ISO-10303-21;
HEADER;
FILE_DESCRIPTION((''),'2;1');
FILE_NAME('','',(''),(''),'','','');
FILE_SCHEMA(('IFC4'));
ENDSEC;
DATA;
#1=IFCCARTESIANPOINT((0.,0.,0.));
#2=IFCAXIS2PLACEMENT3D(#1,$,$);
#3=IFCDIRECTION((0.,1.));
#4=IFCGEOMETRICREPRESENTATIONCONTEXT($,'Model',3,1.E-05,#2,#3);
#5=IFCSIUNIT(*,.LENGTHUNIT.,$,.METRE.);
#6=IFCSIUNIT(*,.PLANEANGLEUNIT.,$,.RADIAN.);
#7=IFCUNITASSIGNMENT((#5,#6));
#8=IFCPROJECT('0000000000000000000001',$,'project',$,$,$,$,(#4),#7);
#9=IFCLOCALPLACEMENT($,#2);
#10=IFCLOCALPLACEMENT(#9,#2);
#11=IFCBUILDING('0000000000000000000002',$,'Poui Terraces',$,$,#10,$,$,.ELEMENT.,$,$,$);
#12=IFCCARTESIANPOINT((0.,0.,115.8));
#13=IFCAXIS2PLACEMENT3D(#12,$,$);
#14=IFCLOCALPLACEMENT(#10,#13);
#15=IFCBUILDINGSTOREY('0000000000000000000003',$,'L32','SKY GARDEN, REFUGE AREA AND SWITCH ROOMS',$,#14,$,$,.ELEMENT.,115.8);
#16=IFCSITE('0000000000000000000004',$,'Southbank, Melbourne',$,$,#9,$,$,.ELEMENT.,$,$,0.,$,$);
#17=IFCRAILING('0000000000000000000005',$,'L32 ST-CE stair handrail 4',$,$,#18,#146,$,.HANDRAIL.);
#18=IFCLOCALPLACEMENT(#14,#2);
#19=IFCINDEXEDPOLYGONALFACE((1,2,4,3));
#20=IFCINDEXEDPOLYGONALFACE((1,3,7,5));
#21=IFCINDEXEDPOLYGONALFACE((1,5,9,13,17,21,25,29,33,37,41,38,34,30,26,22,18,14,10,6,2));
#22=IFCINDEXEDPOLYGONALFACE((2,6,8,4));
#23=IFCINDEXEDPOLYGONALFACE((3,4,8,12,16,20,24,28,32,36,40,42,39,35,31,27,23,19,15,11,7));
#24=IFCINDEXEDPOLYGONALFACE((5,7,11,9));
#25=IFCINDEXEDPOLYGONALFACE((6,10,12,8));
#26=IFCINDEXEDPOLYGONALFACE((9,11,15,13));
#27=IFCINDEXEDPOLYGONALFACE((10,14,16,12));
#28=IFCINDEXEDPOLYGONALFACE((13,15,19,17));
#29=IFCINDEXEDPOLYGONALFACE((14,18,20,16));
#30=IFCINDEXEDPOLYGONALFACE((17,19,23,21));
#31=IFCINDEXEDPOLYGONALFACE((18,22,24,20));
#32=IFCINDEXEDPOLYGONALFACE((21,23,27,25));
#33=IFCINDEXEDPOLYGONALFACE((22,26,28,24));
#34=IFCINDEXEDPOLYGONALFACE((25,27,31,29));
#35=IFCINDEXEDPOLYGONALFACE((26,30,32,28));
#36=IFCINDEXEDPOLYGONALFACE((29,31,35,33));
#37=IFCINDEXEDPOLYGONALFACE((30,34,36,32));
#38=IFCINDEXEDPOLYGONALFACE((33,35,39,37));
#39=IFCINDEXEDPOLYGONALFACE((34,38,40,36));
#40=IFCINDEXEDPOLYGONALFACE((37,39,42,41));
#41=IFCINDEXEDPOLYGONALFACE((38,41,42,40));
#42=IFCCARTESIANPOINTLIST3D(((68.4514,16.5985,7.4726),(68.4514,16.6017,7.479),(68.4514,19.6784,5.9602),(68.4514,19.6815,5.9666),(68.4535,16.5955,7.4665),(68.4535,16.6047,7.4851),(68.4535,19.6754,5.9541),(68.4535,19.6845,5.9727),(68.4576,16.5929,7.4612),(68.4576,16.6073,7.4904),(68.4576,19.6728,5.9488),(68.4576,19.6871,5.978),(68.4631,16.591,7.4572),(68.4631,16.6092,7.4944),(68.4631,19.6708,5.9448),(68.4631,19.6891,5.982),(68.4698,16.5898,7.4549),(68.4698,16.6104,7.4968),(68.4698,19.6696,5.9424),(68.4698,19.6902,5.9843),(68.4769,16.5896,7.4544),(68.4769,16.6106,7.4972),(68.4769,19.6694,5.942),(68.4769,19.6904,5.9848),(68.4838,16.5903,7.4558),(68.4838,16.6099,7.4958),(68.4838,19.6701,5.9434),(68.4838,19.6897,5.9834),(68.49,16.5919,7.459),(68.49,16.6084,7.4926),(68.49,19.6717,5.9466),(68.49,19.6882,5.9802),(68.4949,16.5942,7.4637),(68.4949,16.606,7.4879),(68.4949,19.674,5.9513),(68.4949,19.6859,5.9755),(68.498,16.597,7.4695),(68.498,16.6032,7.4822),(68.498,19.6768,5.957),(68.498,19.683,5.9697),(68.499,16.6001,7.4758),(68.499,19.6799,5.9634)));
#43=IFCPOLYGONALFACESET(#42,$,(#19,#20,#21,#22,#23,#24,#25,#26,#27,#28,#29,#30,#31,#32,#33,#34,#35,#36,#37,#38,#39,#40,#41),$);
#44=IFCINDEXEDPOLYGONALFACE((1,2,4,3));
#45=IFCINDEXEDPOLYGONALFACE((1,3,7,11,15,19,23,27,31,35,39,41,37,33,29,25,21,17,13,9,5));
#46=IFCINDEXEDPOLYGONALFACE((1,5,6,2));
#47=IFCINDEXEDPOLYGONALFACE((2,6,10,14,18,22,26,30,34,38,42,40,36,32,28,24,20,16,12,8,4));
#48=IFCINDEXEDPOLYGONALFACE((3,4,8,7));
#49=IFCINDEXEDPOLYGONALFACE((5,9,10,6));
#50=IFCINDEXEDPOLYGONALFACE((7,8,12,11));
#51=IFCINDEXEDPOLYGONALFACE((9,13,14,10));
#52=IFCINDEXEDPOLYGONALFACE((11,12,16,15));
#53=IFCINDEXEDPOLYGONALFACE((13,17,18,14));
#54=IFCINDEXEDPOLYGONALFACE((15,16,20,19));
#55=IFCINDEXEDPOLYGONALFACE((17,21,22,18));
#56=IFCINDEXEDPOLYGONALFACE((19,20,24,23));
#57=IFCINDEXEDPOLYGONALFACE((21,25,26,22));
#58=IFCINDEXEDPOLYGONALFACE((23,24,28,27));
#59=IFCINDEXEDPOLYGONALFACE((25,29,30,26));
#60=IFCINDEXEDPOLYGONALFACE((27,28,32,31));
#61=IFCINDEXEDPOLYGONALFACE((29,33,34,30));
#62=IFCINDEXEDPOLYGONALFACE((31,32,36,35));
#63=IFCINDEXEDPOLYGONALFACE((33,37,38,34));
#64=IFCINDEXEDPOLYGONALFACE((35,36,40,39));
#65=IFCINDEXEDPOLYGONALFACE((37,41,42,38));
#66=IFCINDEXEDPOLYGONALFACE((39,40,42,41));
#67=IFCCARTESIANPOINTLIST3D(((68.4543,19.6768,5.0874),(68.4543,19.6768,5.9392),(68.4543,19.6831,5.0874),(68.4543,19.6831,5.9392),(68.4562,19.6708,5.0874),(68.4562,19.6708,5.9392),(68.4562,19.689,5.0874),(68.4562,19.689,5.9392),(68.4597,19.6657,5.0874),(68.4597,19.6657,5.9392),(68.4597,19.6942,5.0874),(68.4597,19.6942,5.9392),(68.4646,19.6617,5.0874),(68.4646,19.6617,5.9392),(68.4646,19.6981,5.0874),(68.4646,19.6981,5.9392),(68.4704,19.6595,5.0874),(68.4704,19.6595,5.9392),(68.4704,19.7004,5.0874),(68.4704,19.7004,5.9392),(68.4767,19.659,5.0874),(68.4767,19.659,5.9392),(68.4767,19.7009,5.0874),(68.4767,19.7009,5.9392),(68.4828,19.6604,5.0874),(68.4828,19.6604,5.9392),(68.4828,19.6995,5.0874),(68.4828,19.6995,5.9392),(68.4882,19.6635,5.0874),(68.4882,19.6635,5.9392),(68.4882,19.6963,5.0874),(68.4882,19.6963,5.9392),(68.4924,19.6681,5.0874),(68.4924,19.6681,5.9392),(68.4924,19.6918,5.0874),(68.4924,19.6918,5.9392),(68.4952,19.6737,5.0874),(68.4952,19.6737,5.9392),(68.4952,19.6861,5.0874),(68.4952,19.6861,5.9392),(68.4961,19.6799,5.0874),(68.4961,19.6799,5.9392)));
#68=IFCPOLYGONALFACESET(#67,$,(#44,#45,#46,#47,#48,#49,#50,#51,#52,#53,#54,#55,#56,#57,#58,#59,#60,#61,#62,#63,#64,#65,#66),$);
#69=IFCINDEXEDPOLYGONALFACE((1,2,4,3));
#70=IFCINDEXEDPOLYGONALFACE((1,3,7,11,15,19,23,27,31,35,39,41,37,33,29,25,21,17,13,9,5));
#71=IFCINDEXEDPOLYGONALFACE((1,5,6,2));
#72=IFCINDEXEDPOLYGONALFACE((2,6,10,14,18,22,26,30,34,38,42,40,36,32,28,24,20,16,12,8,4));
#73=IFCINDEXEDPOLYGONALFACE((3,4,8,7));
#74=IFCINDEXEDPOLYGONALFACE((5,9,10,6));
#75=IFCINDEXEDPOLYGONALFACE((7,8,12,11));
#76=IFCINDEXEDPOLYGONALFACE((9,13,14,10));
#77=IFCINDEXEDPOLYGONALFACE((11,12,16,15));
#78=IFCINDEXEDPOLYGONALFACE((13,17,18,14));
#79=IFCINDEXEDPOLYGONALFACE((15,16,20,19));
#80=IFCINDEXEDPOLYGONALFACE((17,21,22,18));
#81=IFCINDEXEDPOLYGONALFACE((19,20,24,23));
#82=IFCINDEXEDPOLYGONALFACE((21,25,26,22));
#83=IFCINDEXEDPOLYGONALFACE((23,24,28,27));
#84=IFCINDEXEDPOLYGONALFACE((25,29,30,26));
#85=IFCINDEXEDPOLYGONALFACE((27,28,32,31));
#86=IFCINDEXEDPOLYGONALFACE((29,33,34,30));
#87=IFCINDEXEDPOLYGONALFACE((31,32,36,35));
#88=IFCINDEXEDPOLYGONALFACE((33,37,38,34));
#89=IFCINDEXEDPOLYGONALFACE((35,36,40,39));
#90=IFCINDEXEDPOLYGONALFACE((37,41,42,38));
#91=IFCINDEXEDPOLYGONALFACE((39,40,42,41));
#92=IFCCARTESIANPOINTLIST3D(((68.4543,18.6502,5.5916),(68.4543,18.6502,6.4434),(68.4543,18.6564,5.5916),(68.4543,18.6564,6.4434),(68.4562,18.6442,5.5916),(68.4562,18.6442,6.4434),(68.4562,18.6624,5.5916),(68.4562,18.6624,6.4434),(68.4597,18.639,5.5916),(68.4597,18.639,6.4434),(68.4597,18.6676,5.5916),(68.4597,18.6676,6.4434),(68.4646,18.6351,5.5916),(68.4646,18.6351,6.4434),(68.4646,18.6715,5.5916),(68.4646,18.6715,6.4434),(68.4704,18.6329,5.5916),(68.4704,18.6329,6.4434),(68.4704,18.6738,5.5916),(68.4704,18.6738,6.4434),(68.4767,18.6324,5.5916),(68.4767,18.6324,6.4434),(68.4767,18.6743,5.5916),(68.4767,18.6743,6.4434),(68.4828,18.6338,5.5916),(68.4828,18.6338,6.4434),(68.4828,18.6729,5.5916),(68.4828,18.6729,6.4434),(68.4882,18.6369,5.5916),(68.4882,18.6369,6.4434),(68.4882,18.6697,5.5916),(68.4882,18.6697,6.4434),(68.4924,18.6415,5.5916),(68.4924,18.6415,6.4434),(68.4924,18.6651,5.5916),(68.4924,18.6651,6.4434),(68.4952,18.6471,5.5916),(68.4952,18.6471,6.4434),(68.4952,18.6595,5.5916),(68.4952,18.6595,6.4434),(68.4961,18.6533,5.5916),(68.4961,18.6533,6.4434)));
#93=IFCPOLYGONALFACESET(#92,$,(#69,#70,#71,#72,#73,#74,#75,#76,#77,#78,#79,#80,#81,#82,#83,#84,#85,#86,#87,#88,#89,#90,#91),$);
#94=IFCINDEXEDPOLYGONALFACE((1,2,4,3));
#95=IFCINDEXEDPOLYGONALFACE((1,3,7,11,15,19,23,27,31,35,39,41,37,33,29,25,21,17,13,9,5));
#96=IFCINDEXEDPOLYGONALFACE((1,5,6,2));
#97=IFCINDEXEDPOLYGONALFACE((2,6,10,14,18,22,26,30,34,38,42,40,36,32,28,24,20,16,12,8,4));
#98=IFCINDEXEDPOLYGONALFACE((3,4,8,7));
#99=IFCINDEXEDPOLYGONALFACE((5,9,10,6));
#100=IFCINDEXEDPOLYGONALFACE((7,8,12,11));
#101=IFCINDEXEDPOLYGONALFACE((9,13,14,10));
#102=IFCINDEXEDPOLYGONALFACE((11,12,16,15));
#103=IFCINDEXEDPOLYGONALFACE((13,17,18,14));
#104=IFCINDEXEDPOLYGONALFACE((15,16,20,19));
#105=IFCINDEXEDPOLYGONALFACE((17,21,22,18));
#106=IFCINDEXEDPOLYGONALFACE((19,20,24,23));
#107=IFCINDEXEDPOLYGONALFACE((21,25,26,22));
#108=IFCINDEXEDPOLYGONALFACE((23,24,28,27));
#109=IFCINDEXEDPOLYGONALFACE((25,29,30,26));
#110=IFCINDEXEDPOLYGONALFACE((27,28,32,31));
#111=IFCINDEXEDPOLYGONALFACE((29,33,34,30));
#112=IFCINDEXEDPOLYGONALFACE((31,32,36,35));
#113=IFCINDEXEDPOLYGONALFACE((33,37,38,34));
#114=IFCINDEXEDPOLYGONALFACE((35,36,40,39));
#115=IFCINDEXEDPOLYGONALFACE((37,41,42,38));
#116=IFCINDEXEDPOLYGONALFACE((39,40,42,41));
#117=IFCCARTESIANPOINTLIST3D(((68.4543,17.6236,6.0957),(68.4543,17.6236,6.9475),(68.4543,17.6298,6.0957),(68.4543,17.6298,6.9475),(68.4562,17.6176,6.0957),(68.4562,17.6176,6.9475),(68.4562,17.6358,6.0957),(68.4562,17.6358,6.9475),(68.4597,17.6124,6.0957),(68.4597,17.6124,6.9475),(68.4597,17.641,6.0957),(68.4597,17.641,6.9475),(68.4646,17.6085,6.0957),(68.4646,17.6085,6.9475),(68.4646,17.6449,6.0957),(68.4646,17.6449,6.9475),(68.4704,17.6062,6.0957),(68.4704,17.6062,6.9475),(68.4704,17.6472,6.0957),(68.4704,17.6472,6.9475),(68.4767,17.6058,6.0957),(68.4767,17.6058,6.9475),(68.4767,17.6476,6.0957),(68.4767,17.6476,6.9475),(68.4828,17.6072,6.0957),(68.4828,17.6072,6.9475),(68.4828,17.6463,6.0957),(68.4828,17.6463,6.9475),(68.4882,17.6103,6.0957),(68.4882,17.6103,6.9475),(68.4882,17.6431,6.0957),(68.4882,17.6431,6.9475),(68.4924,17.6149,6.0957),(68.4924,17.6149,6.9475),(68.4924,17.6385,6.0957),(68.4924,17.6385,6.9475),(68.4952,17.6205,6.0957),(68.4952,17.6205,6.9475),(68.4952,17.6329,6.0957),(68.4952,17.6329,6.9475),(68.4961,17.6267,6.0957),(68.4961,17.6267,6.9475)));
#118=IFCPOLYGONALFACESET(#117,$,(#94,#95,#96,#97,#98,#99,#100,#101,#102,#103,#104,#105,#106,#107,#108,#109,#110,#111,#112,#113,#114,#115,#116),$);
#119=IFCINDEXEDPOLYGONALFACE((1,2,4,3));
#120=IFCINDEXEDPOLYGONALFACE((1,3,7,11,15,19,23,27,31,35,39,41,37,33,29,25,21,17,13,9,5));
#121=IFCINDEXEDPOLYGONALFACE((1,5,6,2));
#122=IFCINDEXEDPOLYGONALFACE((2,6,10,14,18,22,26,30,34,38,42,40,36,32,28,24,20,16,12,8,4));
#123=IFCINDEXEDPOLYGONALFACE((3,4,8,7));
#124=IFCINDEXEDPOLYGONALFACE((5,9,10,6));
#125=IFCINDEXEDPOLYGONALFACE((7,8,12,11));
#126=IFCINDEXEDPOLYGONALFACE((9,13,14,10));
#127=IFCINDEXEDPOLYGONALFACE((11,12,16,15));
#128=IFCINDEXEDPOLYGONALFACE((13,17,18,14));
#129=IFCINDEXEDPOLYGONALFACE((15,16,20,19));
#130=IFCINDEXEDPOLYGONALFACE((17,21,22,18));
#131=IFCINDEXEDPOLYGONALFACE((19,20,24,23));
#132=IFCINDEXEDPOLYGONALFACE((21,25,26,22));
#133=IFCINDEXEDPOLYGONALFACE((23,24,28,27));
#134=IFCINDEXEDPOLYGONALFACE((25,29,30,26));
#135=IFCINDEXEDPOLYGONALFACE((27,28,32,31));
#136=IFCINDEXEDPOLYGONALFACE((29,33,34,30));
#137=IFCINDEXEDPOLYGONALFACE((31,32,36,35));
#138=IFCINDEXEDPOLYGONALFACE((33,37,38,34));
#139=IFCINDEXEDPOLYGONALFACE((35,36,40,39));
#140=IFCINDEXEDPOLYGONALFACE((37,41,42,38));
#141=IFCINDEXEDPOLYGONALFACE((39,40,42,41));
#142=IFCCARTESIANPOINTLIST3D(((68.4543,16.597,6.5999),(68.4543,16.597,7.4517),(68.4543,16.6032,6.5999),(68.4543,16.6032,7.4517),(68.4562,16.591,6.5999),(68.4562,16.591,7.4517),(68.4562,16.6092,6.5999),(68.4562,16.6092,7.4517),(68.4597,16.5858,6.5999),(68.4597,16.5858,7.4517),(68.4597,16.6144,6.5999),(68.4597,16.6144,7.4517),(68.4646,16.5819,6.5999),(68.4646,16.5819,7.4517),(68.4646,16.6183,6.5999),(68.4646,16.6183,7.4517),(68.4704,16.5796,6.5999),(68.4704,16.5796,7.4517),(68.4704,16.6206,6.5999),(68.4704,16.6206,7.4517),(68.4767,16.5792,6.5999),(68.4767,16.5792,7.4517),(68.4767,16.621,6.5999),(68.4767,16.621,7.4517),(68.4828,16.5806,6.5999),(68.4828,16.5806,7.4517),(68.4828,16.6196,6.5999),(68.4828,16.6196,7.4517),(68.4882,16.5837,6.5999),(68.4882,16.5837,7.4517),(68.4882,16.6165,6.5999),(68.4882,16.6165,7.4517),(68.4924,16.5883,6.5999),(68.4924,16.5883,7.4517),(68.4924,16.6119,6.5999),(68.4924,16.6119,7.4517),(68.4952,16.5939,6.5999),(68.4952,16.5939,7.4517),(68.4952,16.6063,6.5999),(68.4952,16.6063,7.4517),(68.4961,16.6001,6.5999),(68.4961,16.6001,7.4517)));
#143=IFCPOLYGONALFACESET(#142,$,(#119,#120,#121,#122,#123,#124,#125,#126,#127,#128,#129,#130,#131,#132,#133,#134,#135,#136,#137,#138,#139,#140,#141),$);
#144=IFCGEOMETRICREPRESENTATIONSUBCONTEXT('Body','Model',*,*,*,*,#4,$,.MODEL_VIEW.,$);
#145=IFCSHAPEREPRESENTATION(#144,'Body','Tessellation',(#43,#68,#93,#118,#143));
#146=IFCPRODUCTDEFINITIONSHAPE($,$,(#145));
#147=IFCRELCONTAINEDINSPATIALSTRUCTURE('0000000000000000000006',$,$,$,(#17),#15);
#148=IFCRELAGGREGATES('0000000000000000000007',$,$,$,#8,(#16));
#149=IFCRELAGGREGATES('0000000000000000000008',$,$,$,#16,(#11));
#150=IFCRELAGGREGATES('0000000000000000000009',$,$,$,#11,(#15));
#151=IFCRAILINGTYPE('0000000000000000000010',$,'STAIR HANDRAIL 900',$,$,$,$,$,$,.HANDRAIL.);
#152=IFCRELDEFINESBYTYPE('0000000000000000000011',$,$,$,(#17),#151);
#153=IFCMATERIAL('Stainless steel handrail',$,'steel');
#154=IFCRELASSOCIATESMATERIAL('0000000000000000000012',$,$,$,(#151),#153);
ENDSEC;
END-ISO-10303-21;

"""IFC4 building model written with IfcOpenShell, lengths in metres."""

from ifc_helpers import new_model, si_unit, direction, frame, origin, origin_2d, place, context, subcontext, project, spatial, circle, extrude, material, type_object, element, save


model = new_model("IFC4")

# Units and contexts
model_context = context("Model", 3, precision=1e-05, world=origin(), true_north=direction((0.0, 1.0)))
body_context = subcontext(model_context, "Body", "Model", "MODEL_VIEW")
ifc_project = project(units=[si_unit("LENGTHUNIT", "METRE"), si_unit("PLANEANGLEUNIT", "RADIAN")], contexts=[model_context])

# Site, building, storey
site_placement = place(None, origin())
site = spatial("IfcSite", under=ifc_project, at=site_placement, Name="Southbank, Melbourne", CompositionType="ELEMENT", RefElevation=0.0)
building_placement = place(site_placement, origin())
building = spatial("IfcBuilding", under=site, at=building_placement, Name="Poui Terraces", CompositionType="ELEMENT")
storey_placement = place(building_placement, frame((0.0, 0.0, 115.8)))
storey = spatial("IfcBuildingStorey", under=building, at=storey_placement, Name="L32", Description="SKY GARDEN, REFUGE AREA AND SWITCH ROOMS", CompositionType="ELEMENT", Elevation=115.8)

# Railing
ifc_material_1 = material(Name="Stainless steel handrail", Category="steel")
railing_type_1 = type_object("IfcRailingType", Name="STAIR HANDRAIL 900", PredefinedType="HANDRAIL", material=ifc_material_1)
railing_1_placement = place(storey_placement, frame((68.4751, 19.6799, 5.0874)))
element("IfcRailing", 1, at=railing_1_placement, inside=storey, type_object=railing_type_1, Name="L32 ST-CE stair handrail 4", PredefinedType="HANDRAIL", context=body_context, shape_type="SweptSolid", body=[
    extrude(circle(Radius=0.0239, at=origin_2d()), frame((0.0, 0.0, 0.876), z_axis=(0.0, -0.897606, 0.440798), x_axis=(1.0, 0.0, 0.0)), (0.0, 0.0, 1.0), 3.4312),
    extrude(circle(Radius=0.021, at=origin_2d()), origin(), (0.0, 0.0, 1.0), 0.8518),
    extrude(circle(Radius=0.021, at=origin_2d()), frame((0.0, -1.0266, 0.5042)), (0.0, 0.0, 1.0), 0.8518),
    extrude(circle(Radius=0.021, at=origin_2d()), frame((0.0, -2.0532, 1.0083)), (0.0, 0.0, 1.0), 0.8518),
    extrude(circle(Radius=0.021, at=origin_2d()), frame((0.0, -3.0798, 1.5125)), (0.0, 0.0, 1.0), 0.8518),
])

save(model, "model.ifc")
